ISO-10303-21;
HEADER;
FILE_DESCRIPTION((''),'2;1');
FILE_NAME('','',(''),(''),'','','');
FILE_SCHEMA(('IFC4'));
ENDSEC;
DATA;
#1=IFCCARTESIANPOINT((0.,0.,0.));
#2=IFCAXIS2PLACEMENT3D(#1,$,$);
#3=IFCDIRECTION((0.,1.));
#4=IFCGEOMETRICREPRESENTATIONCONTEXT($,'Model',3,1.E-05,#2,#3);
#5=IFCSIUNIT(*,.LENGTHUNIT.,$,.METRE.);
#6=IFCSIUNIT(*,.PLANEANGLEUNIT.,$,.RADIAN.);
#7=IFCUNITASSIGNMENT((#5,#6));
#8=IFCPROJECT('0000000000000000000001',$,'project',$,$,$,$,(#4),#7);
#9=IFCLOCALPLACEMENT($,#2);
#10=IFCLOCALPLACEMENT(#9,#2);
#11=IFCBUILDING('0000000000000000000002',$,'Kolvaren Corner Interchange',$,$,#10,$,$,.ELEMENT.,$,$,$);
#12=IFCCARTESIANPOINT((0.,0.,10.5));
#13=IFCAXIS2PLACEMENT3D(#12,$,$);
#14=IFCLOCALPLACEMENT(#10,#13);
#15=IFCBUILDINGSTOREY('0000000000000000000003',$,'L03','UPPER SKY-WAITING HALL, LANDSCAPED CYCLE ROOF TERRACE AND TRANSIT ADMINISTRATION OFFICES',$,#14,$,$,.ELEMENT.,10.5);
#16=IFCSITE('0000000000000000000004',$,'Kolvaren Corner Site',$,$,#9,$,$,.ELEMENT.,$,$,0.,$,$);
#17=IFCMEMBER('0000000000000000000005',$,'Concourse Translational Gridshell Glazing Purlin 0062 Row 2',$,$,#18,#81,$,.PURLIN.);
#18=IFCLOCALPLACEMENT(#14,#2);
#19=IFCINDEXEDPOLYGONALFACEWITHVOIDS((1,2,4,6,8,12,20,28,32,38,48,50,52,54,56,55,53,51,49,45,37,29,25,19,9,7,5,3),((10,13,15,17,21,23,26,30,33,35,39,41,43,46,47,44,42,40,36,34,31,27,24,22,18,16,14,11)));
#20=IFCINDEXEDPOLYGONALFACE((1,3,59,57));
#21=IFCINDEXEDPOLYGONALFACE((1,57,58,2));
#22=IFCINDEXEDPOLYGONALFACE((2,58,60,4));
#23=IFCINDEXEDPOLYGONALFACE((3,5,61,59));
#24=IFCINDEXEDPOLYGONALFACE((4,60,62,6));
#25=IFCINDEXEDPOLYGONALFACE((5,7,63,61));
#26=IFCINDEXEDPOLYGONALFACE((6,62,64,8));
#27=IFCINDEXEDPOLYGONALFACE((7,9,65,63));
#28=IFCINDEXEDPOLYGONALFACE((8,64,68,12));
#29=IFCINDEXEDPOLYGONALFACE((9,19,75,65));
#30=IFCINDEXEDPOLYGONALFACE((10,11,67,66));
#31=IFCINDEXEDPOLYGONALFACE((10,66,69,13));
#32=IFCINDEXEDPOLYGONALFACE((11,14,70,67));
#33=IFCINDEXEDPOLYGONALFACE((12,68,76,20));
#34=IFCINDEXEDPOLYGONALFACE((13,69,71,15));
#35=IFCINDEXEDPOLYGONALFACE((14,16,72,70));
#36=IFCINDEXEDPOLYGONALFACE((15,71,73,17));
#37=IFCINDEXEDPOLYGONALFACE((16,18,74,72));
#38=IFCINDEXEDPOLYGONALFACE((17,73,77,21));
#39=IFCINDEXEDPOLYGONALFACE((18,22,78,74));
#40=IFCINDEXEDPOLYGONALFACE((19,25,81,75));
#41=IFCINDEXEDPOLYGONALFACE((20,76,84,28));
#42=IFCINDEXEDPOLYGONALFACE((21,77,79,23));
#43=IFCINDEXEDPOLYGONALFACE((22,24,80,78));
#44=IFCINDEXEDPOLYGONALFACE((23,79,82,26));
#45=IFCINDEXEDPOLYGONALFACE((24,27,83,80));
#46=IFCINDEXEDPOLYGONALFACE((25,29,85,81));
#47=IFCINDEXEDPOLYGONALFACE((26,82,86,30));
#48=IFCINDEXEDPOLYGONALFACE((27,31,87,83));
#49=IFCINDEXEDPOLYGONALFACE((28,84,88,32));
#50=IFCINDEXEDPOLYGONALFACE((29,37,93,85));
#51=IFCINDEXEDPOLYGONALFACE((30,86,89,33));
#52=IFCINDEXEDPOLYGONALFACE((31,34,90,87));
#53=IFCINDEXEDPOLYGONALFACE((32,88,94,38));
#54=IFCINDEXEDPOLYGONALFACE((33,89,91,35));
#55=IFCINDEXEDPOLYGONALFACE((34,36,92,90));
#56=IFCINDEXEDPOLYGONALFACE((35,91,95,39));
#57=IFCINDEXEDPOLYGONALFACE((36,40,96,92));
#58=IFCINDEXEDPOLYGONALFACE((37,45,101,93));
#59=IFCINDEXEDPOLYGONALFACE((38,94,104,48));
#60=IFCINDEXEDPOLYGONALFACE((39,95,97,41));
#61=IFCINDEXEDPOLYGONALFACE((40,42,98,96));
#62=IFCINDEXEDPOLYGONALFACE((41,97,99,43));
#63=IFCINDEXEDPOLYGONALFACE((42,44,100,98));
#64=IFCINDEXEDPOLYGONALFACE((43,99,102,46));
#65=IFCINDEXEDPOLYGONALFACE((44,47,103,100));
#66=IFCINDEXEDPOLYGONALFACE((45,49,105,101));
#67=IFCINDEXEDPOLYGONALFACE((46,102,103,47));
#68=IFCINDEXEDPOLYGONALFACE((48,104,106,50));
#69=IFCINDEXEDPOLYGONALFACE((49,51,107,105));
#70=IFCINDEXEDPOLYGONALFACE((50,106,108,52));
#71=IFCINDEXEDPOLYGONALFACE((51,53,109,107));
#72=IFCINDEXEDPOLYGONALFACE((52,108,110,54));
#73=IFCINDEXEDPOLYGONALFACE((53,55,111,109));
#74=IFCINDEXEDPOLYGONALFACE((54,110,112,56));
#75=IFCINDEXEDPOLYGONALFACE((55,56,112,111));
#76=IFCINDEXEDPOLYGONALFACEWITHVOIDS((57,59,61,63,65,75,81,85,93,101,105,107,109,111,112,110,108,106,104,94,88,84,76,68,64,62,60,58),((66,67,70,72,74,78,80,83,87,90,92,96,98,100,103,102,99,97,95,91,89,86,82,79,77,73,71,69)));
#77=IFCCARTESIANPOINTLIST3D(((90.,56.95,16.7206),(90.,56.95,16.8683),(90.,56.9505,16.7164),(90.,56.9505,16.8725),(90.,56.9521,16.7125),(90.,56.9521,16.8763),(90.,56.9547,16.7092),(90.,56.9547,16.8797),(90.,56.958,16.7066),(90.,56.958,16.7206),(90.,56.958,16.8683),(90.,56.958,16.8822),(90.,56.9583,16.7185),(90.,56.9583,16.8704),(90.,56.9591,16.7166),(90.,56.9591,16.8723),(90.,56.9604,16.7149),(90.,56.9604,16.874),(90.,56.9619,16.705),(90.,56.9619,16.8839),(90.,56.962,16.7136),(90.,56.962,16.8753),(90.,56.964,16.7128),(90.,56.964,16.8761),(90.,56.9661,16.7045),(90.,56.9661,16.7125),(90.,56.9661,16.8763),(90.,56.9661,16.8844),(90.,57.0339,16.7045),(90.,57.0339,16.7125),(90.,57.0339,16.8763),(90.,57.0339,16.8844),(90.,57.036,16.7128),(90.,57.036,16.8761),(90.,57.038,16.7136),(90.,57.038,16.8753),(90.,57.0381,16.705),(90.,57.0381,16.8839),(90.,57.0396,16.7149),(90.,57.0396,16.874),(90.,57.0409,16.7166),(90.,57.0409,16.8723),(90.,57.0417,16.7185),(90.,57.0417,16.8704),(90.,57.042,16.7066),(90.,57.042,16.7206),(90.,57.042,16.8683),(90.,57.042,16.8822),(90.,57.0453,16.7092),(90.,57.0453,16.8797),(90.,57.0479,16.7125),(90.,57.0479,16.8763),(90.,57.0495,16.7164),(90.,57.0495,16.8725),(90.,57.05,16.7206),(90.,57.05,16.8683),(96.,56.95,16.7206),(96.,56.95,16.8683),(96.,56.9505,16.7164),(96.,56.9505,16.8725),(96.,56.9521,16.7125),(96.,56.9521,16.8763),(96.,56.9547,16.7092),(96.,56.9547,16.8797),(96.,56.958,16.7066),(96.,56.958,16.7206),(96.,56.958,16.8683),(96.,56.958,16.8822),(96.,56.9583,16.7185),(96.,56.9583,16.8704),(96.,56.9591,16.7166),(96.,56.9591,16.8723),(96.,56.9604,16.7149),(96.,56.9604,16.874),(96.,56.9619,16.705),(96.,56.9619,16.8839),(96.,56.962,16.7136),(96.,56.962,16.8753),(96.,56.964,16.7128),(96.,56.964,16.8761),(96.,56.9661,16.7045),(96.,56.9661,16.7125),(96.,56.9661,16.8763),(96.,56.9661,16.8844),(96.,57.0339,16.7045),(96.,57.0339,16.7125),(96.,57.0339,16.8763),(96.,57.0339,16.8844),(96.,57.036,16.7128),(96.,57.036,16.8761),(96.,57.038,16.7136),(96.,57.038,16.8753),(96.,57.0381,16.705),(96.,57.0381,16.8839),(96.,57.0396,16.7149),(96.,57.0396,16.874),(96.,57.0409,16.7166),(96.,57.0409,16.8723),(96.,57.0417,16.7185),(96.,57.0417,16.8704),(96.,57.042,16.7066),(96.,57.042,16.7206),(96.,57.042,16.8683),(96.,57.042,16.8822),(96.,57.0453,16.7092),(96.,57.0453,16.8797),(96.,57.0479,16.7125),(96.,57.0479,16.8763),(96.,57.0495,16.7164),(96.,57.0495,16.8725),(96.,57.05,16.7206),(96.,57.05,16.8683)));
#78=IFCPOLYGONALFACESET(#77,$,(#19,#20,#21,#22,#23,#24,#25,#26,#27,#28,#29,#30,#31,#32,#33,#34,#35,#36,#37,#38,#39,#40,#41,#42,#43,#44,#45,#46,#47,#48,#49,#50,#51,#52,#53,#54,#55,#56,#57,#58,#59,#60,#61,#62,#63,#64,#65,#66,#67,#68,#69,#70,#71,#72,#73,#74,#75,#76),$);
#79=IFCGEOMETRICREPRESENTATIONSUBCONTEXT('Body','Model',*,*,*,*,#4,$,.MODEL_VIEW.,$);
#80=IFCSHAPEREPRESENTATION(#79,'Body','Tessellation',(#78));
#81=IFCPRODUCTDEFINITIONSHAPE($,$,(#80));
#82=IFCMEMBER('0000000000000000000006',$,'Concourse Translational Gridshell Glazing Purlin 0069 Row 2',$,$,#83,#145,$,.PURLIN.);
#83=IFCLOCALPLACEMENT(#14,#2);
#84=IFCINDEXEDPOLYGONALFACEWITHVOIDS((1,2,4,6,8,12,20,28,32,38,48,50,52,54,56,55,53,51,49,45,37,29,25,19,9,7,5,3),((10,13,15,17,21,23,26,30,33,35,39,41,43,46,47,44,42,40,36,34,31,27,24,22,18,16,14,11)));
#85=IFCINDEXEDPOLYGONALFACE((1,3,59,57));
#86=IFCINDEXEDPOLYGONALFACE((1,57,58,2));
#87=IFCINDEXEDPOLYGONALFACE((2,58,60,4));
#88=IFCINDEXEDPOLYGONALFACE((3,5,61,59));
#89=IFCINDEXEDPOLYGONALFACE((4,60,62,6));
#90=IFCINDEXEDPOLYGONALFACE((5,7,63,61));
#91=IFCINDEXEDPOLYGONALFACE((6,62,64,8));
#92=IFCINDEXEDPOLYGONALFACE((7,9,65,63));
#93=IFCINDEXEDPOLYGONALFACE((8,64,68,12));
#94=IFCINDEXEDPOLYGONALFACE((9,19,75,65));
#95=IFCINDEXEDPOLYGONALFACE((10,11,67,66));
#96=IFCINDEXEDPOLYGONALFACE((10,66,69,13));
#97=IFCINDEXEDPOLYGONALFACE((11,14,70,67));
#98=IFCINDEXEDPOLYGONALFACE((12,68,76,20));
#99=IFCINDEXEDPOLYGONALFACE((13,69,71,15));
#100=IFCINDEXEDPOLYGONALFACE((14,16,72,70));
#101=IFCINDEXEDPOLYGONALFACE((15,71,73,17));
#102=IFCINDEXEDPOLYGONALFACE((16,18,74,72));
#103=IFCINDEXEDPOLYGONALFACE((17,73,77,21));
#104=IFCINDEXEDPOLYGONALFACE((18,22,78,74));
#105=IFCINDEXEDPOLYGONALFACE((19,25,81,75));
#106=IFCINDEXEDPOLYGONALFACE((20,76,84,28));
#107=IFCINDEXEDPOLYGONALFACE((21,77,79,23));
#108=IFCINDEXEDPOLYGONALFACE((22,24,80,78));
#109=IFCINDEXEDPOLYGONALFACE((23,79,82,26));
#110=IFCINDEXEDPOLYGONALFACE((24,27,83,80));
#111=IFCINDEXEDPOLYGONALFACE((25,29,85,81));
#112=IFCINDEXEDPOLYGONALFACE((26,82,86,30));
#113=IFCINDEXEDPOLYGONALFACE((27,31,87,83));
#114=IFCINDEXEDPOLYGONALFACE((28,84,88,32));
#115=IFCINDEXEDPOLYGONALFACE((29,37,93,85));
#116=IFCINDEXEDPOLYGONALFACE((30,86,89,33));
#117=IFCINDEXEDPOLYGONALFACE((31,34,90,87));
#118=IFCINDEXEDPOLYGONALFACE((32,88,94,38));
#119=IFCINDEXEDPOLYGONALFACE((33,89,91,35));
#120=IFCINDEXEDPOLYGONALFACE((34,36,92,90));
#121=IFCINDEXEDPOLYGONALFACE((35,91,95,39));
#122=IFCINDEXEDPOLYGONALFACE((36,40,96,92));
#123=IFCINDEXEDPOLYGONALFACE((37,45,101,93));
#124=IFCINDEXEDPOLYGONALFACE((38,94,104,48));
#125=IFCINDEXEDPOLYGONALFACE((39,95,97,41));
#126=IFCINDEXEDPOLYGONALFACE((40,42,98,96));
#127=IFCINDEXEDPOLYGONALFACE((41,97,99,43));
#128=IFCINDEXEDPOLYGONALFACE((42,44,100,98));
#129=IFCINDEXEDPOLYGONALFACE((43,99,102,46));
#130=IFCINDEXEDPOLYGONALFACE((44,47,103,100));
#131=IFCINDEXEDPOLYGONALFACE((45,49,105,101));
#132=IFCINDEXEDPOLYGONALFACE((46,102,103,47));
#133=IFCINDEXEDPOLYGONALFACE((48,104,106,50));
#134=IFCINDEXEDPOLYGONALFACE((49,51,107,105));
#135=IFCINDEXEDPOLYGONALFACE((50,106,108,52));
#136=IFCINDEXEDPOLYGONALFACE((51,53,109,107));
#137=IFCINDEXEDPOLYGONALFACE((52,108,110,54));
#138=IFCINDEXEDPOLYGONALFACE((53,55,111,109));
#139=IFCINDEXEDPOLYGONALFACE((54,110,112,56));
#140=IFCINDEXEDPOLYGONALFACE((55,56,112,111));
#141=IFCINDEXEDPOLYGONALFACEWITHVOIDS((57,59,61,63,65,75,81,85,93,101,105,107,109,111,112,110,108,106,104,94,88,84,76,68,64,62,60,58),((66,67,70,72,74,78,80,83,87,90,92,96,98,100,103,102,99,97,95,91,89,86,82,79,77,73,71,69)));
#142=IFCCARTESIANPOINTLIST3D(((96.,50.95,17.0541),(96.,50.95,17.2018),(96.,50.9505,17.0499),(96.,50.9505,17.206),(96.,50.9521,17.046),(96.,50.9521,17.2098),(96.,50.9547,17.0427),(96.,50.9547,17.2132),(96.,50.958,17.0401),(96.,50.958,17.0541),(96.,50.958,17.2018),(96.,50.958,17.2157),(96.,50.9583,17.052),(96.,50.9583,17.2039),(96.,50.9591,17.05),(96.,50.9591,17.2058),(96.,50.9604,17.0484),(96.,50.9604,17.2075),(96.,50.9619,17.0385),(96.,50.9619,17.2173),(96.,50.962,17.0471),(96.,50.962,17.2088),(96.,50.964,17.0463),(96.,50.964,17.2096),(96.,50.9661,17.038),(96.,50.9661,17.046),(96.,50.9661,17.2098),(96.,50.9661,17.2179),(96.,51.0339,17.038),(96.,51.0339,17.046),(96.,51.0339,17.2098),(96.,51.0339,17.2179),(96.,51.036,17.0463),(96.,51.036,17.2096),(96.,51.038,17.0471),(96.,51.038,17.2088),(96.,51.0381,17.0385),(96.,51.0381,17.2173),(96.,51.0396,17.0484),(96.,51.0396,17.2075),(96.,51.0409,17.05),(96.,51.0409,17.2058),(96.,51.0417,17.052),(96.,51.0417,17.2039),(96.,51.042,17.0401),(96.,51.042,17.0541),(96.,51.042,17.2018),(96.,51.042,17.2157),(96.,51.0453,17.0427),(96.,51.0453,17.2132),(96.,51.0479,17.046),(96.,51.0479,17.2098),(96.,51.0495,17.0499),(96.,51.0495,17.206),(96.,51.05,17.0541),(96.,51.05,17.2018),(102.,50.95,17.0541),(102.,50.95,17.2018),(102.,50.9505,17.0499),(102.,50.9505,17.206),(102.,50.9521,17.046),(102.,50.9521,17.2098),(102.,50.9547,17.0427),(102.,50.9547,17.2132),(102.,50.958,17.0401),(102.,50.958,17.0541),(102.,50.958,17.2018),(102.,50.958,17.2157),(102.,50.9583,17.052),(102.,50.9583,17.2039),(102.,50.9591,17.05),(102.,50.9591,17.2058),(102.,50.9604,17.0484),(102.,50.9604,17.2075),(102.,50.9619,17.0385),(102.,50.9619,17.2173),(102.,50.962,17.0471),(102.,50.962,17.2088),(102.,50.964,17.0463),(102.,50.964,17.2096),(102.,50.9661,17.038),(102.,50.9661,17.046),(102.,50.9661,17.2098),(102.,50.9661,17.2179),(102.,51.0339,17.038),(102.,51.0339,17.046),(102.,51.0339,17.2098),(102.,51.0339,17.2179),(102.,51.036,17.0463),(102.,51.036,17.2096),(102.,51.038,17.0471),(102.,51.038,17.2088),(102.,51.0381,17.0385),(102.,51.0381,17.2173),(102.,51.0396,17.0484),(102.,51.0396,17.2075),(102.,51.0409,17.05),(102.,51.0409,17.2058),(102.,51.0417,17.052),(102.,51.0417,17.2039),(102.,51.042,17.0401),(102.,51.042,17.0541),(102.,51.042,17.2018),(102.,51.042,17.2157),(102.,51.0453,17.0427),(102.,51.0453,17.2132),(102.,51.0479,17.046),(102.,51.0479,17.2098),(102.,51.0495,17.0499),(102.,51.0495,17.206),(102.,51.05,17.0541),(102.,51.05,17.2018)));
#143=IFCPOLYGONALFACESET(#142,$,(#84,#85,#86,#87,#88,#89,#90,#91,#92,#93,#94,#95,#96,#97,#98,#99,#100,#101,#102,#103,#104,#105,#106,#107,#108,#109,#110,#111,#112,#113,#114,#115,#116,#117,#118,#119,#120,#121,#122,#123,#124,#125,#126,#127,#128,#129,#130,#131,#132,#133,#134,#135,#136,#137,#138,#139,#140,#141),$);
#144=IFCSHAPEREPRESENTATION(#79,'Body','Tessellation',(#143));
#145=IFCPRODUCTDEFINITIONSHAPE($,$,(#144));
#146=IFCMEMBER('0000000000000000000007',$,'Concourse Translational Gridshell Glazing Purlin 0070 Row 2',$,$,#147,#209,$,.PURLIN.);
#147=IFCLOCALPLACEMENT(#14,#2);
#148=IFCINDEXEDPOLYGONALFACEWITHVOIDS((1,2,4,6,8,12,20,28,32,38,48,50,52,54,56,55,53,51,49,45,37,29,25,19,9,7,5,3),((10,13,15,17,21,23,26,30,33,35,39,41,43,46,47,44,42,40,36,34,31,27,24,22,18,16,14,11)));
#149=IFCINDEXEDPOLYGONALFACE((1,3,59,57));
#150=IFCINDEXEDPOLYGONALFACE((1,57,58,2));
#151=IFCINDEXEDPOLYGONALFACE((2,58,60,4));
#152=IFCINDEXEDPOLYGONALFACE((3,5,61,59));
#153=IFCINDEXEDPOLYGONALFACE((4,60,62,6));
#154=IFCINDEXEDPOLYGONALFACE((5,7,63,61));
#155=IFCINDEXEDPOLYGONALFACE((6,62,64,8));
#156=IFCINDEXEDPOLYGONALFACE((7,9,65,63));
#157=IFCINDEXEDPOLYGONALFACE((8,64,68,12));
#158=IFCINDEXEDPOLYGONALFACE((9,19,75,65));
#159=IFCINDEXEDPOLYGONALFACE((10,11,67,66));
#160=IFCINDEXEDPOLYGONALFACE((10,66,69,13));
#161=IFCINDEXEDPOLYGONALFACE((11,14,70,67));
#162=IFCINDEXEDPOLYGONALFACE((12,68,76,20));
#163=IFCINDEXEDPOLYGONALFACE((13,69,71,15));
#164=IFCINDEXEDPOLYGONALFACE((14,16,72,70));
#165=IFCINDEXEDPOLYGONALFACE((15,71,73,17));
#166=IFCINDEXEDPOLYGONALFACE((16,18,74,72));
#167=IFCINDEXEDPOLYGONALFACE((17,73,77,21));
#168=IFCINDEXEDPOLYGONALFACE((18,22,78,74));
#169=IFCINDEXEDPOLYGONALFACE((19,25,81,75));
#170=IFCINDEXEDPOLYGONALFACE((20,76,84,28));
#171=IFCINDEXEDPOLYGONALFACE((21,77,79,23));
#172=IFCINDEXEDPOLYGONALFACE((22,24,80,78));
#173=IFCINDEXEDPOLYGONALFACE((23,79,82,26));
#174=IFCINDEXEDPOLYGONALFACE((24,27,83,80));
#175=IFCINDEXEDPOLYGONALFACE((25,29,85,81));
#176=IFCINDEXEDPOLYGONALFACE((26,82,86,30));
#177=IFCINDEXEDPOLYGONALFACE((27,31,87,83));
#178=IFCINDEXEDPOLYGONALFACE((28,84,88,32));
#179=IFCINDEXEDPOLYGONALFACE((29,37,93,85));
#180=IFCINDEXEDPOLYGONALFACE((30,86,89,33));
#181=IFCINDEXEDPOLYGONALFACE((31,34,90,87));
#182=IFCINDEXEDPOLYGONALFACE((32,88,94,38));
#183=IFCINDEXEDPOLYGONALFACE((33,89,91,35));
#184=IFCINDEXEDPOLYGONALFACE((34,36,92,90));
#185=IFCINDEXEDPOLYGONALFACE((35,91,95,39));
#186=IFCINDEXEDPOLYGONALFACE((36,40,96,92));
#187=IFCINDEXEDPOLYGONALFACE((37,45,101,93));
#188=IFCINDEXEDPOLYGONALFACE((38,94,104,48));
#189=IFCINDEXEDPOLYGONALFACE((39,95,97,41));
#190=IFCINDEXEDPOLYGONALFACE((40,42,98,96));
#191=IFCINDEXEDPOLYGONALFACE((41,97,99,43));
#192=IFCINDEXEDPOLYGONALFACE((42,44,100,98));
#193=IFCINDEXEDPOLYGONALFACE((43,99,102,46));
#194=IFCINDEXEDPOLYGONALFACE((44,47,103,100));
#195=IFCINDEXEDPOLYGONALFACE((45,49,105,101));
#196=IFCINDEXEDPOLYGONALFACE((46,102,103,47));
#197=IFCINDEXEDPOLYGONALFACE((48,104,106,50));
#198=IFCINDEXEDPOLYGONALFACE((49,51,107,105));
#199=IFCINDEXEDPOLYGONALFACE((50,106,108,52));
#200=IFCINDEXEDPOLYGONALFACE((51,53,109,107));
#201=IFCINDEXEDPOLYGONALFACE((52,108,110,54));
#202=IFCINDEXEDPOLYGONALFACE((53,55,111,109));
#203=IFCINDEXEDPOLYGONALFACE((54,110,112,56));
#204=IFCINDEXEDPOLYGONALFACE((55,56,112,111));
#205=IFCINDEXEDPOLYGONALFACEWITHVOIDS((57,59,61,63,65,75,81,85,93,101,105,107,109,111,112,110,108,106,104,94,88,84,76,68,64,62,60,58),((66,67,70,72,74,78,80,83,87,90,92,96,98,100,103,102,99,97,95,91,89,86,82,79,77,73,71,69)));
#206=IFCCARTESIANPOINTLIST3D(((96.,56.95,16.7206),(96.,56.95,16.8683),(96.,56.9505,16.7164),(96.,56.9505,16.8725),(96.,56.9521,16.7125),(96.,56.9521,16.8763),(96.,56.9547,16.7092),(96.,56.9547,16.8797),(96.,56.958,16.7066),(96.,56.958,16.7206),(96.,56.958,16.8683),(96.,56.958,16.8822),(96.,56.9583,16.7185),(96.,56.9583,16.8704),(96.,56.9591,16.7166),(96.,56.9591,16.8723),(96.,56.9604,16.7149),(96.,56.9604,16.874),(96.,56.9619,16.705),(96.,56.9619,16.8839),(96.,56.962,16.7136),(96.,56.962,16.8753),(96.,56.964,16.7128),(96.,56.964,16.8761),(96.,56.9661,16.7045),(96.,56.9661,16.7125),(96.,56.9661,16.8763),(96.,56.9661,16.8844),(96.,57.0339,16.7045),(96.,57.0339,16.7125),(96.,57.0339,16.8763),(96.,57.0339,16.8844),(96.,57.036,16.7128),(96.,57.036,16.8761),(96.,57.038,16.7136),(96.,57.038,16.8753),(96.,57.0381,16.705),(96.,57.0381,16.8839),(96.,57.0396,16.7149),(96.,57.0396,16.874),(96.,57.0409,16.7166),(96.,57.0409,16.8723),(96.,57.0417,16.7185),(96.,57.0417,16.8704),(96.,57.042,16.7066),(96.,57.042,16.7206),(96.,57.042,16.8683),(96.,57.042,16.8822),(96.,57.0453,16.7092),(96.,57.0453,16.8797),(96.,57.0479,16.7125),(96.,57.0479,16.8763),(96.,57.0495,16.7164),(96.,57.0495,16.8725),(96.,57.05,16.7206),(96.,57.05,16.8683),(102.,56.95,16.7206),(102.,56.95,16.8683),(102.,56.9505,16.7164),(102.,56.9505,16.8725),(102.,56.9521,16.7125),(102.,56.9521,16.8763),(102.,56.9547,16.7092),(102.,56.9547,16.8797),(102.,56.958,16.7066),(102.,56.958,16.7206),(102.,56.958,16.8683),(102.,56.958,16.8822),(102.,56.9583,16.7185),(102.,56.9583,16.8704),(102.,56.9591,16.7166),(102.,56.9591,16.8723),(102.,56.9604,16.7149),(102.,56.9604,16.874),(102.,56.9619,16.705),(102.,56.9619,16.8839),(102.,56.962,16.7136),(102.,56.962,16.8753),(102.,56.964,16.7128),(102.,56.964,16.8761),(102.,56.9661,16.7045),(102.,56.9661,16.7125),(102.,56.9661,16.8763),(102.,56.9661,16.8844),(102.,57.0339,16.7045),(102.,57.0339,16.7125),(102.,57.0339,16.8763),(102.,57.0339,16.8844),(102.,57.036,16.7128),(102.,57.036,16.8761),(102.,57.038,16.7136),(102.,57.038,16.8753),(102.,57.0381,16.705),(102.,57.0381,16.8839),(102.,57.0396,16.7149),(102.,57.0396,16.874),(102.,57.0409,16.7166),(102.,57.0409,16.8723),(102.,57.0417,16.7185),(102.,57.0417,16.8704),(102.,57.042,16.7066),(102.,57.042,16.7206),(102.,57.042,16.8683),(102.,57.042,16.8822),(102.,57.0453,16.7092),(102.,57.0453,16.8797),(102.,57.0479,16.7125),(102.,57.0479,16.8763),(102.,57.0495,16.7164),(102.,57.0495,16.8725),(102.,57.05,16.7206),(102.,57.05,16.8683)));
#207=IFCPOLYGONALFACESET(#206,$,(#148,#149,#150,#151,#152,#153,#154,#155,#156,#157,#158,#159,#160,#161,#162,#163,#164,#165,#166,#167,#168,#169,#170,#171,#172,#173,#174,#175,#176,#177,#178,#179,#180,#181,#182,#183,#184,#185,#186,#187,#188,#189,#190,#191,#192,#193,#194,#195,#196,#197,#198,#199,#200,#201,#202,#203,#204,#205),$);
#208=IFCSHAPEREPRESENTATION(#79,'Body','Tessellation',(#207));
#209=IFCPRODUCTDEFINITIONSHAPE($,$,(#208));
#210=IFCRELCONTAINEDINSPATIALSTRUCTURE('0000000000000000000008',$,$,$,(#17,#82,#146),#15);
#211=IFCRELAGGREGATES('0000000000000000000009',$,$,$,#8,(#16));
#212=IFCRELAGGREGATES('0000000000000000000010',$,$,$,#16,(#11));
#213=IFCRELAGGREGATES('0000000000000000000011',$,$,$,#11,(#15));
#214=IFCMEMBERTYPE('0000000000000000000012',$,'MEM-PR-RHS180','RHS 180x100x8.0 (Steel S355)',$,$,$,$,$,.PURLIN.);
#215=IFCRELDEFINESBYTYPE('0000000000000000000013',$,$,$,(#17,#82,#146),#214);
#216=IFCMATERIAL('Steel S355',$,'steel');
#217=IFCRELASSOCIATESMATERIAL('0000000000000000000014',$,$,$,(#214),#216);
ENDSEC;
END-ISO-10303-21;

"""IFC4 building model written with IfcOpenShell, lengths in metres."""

from ifc_helpers import new_model, si_unit, direction, frame, origin, origin_2d, place, context, subcontext, project, spatial, hollow_rectangle, extrude, material, material_profile, profile_set, type_object, element, save


model = new_model("IFC4")

# Units and contexts
model_context = context("Model", 3, precision=1e-05, world=origin(), true_north=direction((0.0, 1.0)))
body_context = subcontext(model_context, "Body", "Model", "MODEL_VIEW")
ifc_project = project(units=[si_unit("LENGTHUNIT", "METRE"), si_unit("PLANEANGLEUNIT", "RADIAN")], contexts=[model_context])

# Site, building, storey
site_placement = place(None, origin())
site = spatial("IfcSite", under=ifc_project, at=site_placement, Name="Kolvaren Corner Site", CompositionType="ELEMENT", RefElevation=0.0)
building_placement = place(site_placement, origin())
building = spatial("IfcBuilding", under=site, at=building_placement, Name="Kolvaren Corner Interchange", CompositionType="ELEMENT")
storey_placement = place(building_placement, frame((0.0, 0.0, 10.5)))
storey = spatial("IfcBuildingStorey", under=building, at=storey_placement, Name="L03", Description="UPPER SKY-WAITING HALL, LANDSCAPED CYCLE ROOF TERRACE AND TRANSIT ADMINISTRATION OFFICES", CompositionType="ELEMENT", Elevation=10.5)

# Members
ifc_material_1 = material(Name="Steel S355", Category="steel")
ifc_material_profile_1 = material_profile(ifc_material_1, hollow_rectangle(XDim=0.1001, YDim=0.1799, WallThickness=0.0081, InnerFilletRadius=0.0081, OuterFilletRadius=0.0161, at=origin_2d()), Name="RHS 180x100x8.0")
ifc_profile_set_1 = profile_set([ifc_material_profile_1], Name="Steel S355")
member_type_1 = type_object("IfcMemberType", Name="MEM-PR-RHS180", Description="RHS 180x100x8.0 (Steel S355)", PredefinedType="PURLIN", material=ifc_profile_set_1)
for number, where, z_axis, x_axis, name in (
    (1, (90.0, 57.0, 16.7944), (1.0, 0.0, 0.0), (0.0, 1.0, 0.0), "Concourse Translational Gridshell Glazing Purlin 0062 Row 2"),
    (2, (96.0, 51.0, 17.1279), (1.0, 0.0, 0.0), (0.0, 1.0, 0.0), "Concourse Translational Gridshell Glazing Purlin 0069 Row 2"),
    (3, (96.0, 57.0, 16.7944), (1.0, 0.0, 0.0), (0.0, 1.0, 0.0), "Concourse Translational Gridshell Glazing Purlin 0070 Row 2"),
):
    element("IfcMember", number, at=place(storey_placement, frame(where, z_axis=z_axis, x_axis=x_axis)), inside=storey, type_object=member_type_1, Name=name, PredefinedType="PURLIN", context=body_context, shape_type="SweptSolid", body=[
        extrude(hollow_rectangle(XDim=0.1001, YDim=0.1799, WallThickness=0.0081, InnerFilletRadius=0.0081, OuterFilletRadius=0.0161, at=origin_2d()), origin(), (0.0, 0.0, 1.0), 6.0),
    ])

save(model, "model.ifc")
